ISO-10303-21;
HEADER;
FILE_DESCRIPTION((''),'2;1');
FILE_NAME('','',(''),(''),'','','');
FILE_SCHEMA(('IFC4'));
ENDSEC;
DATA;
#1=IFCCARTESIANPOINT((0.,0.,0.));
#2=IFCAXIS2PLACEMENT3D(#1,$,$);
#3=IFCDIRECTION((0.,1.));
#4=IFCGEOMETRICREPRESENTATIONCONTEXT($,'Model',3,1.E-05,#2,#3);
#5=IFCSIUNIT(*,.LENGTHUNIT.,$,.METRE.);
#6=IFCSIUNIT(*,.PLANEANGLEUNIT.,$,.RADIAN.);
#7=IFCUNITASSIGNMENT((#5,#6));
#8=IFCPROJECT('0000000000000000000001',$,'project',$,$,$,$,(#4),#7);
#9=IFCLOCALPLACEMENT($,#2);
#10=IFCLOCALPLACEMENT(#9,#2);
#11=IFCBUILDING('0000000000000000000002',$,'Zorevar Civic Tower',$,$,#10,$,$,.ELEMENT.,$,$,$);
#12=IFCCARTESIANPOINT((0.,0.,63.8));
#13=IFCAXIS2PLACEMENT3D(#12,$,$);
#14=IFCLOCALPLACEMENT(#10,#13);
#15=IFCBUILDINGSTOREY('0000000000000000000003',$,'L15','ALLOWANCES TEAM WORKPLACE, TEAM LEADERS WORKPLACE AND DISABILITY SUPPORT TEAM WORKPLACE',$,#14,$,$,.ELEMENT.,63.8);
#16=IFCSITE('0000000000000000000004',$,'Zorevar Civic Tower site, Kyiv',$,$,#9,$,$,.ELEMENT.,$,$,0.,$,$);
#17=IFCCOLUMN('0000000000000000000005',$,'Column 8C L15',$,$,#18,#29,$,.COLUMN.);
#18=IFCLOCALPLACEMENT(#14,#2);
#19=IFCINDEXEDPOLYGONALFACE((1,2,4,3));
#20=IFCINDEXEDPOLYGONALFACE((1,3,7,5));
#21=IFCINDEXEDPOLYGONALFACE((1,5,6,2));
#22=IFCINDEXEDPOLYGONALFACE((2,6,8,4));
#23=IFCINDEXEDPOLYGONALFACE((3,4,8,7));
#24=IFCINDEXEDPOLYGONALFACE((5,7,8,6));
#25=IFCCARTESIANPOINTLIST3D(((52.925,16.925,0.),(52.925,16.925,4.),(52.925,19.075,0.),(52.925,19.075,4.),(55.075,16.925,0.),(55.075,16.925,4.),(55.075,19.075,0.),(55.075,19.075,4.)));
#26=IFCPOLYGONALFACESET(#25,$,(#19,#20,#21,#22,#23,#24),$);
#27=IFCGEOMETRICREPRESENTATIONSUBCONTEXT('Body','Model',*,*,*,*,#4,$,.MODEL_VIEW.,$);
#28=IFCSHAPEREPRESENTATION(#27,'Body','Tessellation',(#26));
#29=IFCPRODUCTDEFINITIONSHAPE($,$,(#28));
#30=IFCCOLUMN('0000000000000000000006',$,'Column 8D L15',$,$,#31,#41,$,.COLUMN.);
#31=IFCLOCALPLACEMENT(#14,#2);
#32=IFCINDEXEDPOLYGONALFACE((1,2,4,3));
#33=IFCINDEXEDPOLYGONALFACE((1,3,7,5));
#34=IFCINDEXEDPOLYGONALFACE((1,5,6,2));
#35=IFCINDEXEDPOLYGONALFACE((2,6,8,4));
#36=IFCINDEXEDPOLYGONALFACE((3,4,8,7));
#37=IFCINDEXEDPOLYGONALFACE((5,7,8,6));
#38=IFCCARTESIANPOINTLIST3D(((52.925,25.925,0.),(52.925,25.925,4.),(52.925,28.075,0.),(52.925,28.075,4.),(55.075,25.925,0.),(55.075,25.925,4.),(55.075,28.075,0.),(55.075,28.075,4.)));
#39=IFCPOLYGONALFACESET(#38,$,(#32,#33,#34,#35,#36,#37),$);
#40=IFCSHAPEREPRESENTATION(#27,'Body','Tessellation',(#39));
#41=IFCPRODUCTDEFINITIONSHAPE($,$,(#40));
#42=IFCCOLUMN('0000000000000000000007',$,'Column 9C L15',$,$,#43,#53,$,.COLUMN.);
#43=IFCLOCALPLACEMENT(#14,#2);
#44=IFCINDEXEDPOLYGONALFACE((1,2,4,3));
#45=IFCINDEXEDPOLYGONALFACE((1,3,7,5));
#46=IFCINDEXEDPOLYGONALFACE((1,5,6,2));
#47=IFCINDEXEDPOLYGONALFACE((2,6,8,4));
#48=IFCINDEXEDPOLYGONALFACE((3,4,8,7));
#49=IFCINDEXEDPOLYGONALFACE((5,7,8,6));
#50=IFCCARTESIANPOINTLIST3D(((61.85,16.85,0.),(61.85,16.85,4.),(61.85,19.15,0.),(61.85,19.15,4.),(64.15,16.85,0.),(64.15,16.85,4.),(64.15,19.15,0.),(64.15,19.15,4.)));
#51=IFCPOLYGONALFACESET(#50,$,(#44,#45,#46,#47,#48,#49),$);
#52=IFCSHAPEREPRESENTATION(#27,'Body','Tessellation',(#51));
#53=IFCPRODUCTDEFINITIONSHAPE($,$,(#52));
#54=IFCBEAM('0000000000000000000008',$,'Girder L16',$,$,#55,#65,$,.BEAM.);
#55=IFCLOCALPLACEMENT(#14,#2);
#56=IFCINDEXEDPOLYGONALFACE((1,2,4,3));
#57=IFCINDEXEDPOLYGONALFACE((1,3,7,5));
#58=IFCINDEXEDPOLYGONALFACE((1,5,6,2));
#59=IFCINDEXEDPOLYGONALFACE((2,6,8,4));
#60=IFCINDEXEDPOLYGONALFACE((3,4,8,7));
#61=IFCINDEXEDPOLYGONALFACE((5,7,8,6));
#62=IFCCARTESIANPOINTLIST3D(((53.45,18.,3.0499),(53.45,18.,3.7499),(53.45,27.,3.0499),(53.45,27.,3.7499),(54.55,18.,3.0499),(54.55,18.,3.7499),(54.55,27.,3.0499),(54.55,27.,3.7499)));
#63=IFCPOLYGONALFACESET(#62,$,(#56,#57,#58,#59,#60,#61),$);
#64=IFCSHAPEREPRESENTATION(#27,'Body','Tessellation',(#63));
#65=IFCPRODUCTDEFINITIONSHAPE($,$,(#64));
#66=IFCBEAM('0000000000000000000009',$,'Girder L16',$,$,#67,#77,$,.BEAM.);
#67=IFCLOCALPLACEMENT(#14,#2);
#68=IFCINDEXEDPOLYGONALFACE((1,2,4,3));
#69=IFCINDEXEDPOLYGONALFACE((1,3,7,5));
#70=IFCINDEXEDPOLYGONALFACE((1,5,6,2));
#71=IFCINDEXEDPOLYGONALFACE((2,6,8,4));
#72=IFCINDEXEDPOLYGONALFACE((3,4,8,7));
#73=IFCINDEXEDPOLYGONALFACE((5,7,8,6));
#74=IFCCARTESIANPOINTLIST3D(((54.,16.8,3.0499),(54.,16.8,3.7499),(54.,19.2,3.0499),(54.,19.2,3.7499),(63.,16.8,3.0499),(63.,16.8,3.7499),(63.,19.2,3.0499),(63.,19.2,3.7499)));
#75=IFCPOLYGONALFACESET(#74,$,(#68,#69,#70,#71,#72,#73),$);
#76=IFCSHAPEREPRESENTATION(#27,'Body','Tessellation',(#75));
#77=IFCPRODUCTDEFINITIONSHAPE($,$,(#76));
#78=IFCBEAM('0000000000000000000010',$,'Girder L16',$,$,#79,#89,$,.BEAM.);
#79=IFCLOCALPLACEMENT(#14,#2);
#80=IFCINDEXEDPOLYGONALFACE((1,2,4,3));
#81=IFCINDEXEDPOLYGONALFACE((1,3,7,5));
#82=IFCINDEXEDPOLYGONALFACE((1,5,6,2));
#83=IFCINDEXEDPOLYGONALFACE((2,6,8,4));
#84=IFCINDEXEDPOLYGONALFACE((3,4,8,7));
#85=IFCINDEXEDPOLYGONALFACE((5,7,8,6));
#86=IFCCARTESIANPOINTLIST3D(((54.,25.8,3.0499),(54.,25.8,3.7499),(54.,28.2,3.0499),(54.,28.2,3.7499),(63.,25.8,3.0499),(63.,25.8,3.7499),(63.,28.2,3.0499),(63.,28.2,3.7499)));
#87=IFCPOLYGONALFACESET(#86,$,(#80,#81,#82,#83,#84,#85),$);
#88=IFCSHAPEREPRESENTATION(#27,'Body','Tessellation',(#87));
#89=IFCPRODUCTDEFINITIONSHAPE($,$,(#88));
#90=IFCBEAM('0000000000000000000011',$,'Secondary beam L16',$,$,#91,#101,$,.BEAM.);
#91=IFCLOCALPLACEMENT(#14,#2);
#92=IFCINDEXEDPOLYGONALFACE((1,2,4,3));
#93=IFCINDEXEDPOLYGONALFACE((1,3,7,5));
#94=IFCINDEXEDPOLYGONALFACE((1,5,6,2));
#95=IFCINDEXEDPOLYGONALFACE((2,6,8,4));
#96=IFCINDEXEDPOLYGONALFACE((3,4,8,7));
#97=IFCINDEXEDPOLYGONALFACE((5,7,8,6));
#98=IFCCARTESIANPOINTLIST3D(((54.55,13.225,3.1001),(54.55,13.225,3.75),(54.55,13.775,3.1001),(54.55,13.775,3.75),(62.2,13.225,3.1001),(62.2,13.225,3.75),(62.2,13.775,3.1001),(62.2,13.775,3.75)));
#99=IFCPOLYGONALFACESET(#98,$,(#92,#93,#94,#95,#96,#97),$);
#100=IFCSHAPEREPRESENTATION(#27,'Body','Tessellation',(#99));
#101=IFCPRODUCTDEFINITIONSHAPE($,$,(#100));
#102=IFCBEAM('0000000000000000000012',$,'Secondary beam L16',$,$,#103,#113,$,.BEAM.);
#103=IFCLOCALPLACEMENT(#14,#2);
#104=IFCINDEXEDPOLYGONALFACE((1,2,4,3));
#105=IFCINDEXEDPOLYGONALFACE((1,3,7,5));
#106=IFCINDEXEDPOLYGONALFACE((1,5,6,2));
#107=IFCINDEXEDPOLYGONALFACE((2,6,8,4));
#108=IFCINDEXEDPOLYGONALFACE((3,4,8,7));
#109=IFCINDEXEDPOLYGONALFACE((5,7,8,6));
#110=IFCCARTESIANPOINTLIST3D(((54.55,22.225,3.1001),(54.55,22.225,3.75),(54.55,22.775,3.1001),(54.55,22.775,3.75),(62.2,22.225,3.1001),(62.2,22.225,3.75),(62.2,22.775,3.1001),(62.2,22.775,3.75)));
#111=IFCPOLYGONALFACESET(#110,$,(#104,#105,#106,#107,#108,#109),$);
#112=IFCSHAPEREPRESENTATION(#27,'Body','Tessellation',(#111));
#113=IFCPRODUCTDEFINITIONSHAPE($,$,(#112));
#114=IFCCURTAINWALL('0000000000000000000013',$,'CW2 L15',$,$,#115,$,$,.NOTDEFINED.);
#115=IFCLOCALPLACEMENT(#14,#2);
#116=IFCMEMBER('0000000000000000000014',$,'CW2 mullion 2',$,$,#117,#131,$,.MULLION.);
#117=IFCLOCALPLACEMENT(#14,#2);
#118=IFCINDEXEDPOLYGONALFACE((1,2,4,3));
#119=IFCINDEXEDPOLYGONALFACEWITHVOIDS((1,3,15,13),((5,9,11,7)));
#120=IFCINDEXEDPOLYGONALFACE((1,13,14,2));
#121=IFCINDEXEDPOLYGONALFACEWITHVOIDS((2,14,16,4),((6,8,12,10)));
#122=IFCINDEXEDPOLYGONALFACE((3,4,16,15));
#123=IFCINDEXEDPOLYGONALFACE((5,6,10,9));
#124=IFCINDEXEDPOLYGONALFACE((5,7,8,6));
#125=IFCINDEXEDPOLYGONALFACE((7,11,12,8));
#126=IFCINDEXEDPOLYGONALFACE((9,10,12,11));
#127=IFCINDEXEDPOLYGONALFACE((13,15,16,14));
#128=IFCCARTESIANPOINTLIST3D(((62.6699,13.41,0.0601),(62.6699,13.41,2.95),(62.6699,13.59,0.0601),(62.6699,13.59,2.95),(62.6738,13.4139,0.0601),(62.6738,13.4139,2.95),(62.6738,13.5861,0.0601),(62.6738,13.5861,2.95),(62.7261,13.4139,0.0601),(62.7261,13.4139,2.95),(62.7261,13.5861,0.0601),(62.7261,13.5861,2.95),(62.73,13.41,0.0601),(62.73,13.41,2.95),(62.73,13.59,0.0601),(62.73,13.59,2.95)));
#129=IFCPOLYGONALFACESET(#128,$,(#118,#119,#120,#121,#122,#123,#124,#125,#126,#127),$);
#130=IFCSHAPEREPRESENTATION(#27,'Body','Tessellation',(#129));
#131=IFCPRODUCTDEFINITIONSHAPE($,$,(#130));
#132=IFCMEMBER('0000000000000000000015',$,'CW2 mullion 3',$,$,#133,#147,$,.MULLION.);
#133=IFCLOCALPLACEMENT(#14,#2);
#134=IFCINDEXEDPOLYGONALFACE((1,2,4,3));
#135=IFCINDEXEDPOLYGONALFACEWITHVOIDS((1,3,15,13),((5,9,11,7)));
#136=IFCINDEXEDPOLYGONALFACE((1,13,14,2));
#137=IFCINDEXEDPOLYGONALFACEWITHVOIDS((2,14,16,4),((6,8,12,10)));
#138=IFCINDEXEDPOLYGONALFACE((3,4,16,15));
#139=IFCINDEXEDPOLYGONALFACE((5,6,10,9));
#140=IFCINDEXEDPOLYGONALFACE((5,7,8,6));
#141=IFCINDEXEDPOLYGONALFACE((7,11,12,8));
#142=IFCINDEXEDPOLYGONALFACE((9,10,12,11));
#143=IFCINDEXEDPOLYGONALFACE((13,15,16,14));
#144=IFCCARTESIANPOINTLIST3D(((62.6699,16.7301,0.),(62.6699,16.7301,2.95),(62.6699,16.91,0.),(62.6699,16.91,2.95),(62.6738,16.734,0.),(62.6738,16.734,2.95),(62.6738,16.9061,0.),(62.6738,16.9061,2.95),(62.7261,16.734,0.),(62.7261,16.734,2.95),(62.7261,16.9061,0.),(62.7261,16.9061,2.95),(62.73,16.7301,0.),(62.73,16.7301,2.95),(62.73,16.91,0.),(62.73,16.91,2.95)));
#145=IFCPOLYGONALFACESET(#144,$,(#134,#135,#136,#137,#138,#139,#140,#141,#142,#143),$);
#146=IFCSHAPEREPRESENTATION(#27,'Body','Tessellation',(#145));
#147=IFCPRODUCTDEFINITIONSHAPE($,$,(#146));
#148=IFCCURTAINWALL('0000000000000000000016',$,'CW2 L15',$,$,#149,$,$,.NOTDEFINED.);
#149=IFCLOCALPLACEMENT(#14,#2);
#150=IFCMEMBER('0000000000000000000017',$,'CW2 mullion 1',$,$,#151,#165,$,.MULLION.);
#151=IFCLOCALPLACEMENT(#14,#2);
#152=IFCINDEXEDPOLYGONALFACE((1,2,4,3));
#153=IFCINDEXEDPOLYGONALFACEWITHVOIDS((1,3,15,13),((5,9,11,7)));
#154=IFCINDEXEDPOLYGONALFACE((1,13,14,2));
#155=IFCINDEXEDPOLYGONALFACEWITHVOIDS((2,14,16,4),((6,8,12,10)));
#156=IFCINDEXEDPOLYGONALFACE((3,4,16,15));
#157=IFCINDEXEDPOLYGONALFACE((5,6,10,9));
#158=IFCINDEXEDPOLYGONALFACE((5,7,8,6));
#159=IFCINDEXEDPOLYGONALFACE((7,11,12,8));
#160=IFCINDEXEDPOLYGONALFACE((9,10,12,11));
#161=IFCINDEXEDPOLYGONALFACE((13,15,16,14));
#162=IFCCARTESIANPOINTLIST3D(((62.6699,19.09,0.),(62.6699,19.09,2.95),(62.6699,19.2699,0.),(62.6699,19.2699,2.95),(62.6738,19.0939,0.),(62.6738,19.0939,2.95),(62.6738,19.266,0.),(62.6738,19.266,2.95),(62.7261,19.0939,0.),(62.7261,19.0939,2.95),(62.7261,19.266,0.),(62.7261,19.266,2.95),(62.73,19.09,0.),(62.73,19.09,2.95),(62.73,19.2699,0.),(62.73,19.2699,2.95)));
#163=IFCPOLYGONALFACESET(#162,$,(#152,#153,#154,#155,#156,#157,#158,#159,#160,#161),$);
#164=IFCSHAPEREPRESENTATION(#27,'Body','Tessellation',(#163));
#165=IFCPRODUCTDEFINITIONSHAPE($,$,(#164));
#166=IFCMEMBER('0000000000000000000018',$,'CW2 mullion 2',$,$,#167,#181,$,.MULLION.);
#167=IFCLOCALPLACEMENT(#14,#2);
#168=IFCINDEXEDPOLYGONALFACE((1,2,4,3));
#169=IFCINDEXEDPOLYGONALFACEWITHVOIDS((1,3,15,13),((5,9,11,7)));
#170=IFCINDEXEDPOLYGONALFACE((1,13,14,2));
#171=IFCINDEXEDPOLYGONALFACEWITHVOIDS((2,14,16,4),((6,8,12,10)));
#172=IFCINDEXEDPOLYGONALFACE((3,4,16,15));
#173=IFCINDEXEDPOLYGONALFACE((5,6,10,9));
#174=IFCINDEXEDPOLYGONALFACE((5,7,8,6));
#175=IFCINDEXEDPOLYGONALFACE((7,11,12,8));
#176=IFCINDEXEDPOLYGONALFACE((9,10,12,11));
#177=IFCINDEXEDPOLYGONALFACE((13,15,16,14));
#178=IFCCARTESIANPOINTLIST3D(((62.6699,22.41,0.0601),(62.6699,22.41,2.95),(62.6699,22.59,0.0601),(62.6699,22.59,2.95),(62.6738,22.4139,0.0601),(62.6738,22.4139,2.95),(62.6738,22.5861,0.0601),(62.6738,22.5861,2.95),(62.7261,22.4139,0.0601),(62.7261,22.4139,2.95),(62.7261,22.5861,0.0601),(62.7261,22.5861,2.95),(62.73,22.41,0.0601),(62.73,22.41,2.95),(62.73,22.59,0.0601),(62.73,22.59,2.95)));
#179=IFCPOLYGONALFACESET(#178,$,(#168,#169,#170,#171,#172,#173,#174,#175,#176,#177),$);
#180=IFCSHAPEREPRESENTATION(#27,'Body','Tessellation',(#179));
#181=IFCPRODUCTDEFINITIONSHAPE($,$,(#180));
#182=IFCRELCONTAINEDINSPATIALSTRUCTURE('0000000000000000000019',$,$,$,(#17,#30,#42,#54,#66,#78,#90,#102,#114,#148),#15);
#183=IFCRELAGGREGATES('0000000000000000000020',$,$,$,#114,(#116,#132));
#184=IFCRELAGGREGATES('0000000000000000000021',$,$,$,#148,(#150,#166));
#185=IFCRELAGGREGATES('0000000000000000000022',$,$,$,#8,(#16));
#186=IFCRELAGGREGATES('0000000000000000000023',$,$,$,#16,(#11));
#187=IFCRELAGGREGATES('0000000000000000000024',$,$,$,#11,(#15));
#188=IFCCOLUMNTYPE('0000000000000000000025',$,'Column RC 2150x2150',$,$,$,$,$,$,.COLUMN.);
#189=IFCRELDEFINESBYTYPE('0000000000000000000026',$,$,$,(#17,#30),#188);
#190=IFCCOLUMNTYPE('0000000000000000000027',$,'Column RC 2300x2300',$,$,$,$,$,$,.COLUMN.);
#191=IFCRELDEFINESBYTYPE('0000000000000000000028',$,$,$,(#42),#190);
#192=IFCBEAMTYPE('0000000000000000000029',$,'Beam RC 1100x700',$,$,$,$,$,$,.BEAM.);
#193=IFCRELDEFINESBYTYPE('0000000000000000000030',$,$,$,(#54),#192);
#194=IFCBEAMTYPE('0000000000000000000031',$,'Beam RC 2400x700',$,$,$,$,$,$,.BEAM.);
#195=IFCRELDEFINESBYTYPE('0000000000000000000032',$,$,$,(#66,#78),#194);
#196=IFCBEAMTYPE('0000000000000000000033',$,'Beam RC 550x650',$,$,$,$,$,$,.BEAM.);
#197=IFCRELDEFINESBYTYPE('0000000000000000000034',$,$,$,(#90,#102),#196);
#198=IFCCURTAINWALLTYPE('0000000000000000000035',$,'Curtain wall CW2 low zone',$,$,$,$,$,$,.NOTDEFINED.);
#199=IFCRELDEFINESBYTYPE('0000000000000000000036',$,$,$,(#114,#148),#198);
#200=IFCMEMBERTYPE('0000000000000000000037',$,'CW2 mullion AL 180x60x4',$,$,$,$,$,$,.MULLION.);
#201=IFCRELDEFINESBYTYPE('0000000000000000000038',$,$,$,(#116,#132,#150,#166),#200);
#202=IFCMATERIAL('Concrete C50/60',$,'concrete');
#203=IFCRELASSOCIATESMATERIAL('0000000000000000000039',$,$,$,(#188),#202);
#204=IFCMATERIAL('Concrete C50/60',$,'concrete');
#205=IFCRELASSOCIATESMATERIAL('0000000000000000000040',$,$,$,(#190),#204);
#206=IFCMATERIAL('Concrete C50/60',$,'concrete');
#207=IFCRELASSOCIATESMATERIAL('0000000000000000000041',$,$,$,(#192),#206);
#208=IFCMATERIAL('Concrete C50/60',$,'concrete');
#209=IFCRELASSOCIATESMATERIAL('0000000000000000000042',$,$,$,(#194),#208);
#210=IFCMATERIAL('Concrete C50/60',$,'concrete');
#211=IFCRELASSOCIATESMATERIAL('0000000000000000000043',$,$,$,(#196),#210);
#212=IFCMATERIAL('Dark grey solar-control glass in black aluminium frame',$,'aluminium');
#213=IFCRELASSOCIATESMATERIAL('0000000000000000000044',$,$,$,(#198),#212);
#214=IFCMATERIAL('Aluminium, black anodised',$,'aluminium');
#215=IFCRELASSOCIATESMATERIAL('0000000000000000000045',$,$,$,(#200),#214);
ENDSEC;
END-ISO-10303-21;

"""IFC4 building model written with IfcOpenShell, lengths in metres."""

from ifc_helpers import new_model, si_unit, direction, frame, origin, origin_2d, place, context, subcontext, project, spatial, rectangle, hollow_rectangle, extrude, material, material_profile, profile_set, type_object, element, aggregate, save


model = new_model("IFC4")

# Units and contexts
model_context = context("Model", 3, precision=1e-05, world=origin(), true_north=direction((0.0, 1.0)))
body_context = subcontext(model_context, "Body", "Model", "MODEL_VIEW")
ifc_project = project(units=[si_unit("LENGTHUNIT", "METRE"), si_unit("PLANEANGLEUNIT", "RADIAN")], contexts=[model_context])

# Site, building, storey
site_placement = place(None, origin())
site = spatial("IfcSite", under=ifc_project, at=site_placement, Name="Zorevar Civic Tower site, Kyiv", CompositionType="ELEMENT", RefElevation=0.0)
building_placement = place(site_placement, origin())
building = spatial("IfcBuilding", under=site, at=building_placement, Name="Zorevar Civic Tower", CompositionType="ELEMENT")
storey_placement = place(building_placement, frame((0.0, 0.0, 63.8)))
storey = spatial("IfcBuildingStorey", under=building, at=storey_placement, Name="L15", Description="ALLOWANCES TEAM WORKPLACE, TEAM LEADERS WORKPLACE AND DISABILITY SUPPORT TEAM WORKPLACE", CompositionType="ELEMENT", Elevation=63.8)

# Columns
ifc_material_1 = material(Name="Concrete C50/60", Category="concrete")
ifc_material_profile_1 = material_profile(ifc_material_1, rectangle(XDim=2.1499, YDim=2.1499, at=origin_2d()), Name="RC 2150x2150")
ifc_profile_set_1 = profile_set([ifc_material_profile_1], Name="Concrete C50/60")
column_type_1 = type_object("IfcColumnType", Name="Column RC 2150x2150", PredefinedType="COLUMN", material=ifc_profile_set_1)
for number, where, z_axis, x_axis, name in (
    (1, (54.0, 18.0, 0.0), (0.0, 0.0, 1.0), (1.0, 0.0, 0.0), "Column 8C L15"),
    (2, (54.0, 27.0, 0.0), (0.0, 0.0, 1.0), (1.0, 0.0, 0.0), "Column 8D L15"),
):
    element("IfcColumn", number, at=place(storey_placement, frame(where, z_axis=z_axis, x_axis=x_axis)), inside=storey, type_object=column_type_1, Name=name, PredefinedType="COLUMN", context=body_context, shape_type="SweptSolid", body=[
        extrude(rectangle(XDim=2.1499, YDim=2.1499, at=origin_2d()), origin(), (0.0, 0.0, 1.0), 4.0),
    ])
ifc_material_2 = material(Name="Concrete C50/60", Category="concrete")
ifc_material_profile_2 = material_profile(ifc_material_2, rectangle(XDim=2.3, YDim=2.3, at=origin_2d()), Name="RC 2300x2300")
ifc_profile_set_2 = profile_set([ifc_material_profile_2], Name="Concrete C50/60")
column_type_2 = type_object("IfcColumnType", Name="Column RC 2300x2300", PredefinedType="COLUMN", material=ifc_profile_set_2)
column_placement = place(storey_placement, frame((63.0, 18.0, 0.0), z_axis=(0.0, 0.0, 1.0), x_axis=(1.0, 0.0, 0.0)))
element("IfcColumn", 3, at=column_placement, inside=storey, type_object=column_type_2, Name="Column 9C L15", PredefinedType="COLUMN", context=body_context, shape_type="SweptSolid", body=[
    extrude(rectangle(XDim=2.3, YDim=2.3, at=origin_2d()), origin(), (0.0, 0.0, 1.0), 4.0),
])

# Beams
ifc_material_3 = material(Name="Concrete C50/60", Category="concrete")
ifc_material_profile_3 = material_profile(ifc_material_3, rectangle(XDim=1.1001, YDim=0.7, at=origin_2d()), Name="RC 1100x700")
ifc_profile_set_3 = profile_set([ifc_material_profile_3], Name="Concrete C50/60")
beam_type_1 = type_object("IfcBeamType", Name="Beam RC 1100x700", PredefinedType="BEAM", material=ifc_profile_set_3)
beam_1_placement = place(storey_placement, frame((54.0, 18.0, 3.3999), z_axis=(0.0, 1.0, 0.0), x_axis=(-1.0, 0.0, 0.0)))
element("IfcBeam", 4, at=beam_1_placement, inside=storey, type_object=beam_type_1, Name="Girder L16", PredefinedType="BEAM", context=body_context, shape_type="SweptSolid", body=[
    extrude(rectangle(XDim=1.1001, YDim=0.7, at=origin_2d()), origin(), (0.0, 0.0, 1.0), 9.0),
])
ifc_material_4 = material(Name="Concrete C50/60", Category="concrete")
ifc_material_profile_4 = material_profile(ifc_material_4, rectangle(XDim=2.3999, YDim=0.7, at=origin_2d()), Name="RC 2400x700")
ifc_profile_set_4 = profile_set([ifc_material_profile_4], Name="Concrete C50/60")
beam_type_2 = type_object("IfcBeamType", Name="Beam RC 2400x700", PredefinedType="BEAM", material=ifc_profile_set_4)
for number, where, z_axis, x_axis, name in (
    (5, (54.0, 18.0, 3.3999), (1.0, 0.0, 0.0), (0.0, 1.0, 0.0), "Girder L16"),
    (6, (54.0, 27.0, 3.3999), (1.0, 0.0, 0.0), (0.0, 1.0, 0.0), "Girder L16"),
):
    element("IfcBeam", number, at=place(storey_placement, frame(where, z_axis=z_axis, x_axis=x_axis)), inside=storey, type_object=beam_type_2, Name=name, PredefinedType="BEAM", context=body_context, shape_type="SweptSolid", body=[
        extrude(rectangle(XDim=2.3999, YDim=0.7, at=origin_2d()), origin(), (0.0, 0.0, 1.0), 9.0),
    ])
ifc_material_5 = material(Name="Concrete C50/60", Category="concrete")
ifc_material_profile_5 = material_profile(ifc_material_5, rectangle(XDim=0.55, YDim=0.6499, at=origin_2d()), Name="RC 550x650")
ifc_profile_set_5 = profile_set([ifc_material_profile_5], Name="Concrete C50/60")
beam_type_3 = type_object("IfcBeamType", Name="Beam RC 550x650", PredefinedType="BEAM", material=ifc_profile_set_5)
for number, where, z_axis, x_axis, name in (
    (7, (54.55, 13.5, 3.425), (1.0, 0.0, 0.0), (0.0, 1.0, 0.0), "Secondary beam L16"),
    (8, (54.55, 22.5, 3.425), (1.0, 0.0, 0.0), (0.0, 1.0, 0.0), "Secondary beam L16"),
):
    element("IfcBeam", number, at=place(storey_placement, frame(where, z_axis=z_axis, x_axis=x_axis)), inside=storey, type_object=beam_type_3, Name=name, PredefinedType="BEAM", context=body_context, shape_type="SweptSolid", body=[
        extrude(rectangle(XDim=0.55, YDim=0.6499, at=origin_2d()), origin(), (0.0, 0.0, 1.0), 7.6499),
    ])

# Curtain walls, members
ifc_material_6 = material(Name="Dark grey solar-control glass in black aluminium frame", Category="aluminium")
curtain_wall_type = type_object("IfcCurtainWallType", Name="Curtain wall CW2 low zone", PredefinedType="NOTDEFINED", material=ifc_material_6)
curtain_wall_1_placement = place(storey_placement, origin())
curtain_wall_1 = element("IfcCurtainWall", 9, at=curtain_wall_1_placement, inside=storey, type_object=curtain_wall_type, Name="CW2 L15", PredefinedType="NOTDEFINED")
ifc_material_7 = material(Name="Aluminium, black anodised", Category="aluminium")
ifc_material_profile_6 = material_profile(ifc_material_7, hollow_rectangle(XDim=0.0601, YDim=0.1799, WallThickness=0.0039, at=origin_2d()), Name="AL 180x60x4")
ifc_profile_set_6 = profile_set([ifc_material_profile_6], Name="Aluminium, black anodised")
member_type_1 = type_object("IfcMemberType", Name="CW2 mullion AL 180x60x4", PredefinedType="MULLION", material=ifc_profile_set_6)
member_1_placement = place(storey_placement, frame((62.7, 13.5, 0.0601), z_axis=(0.0, 0.0, 1.0), x_axis=(-1.0, 0.0, 0.0)))
member_1 = element("IfcMember", 10, at=member_1_placement, type_object=member_type_1, Name="CW2 mullion 2", PredefinedType="MULLION", context=body_context, shape_type="SweptSolid", body=[
    extrude(hollow_rectangle(XDim=0.0601, YDim=0.1799, WallThickness=0.0039, at=origin_2d()), origin(), (0.0, 0.0, 1.0), 2.8899),
])
member_2_placement = place(storey_placement, frame((62.7, 16.8201, 0.0), z_axis=(0.0, 0.0, 1.0), x_axis=(-1.0, 0.0, 0.0)))
member_2 = element("IfcMember", 11, at=member_2_placement, type_object=member_type_1, Name="CW2 mullion 3", PredefinedType="MULLION", context=body_context, shape_type="SweptSolid", body=[
    extrude(hollow_rectangle(XDim=0.0601, YDim=0.1799, WallThickness=0.0039, at=origin_2d()), origin(), (0.0, 0.0, 1.0), 2.95),
])
curtain_wall_2_placement = place(storey_placement, origin())
curtain_wall_2 = element("IfcCurtainWall", 12, at=curtain_wall_2_placement, inside=storey, type_object=curtain_wall_type, Name="CW2 L15", PredefinedType="NOTDEFINED")
member_3_placement = place(storey_placement, frame((62.7, 19.1799, 0.0), z_axis=(0.0, 0.0, 1.0), x_axis=(-1.0, 0.0, 0.0)))
member_3 = element("IfcMember", 13, at=member_3_placement, type_object=member_type_1, Name="CW2 mullion 1", PredefinedType="MULLION", context=body_context, shape_type="SweptSolid", body=[
    extrude(hollow_rectangle(XDim=0.0601, YDim=0.1799, WallThickness=0.0039, at=origin_2d()), origin(), (0.0, 0.0, 1.0), 2.95),
])
member_4_placement = place(storey_placement, frame((62.7, 22.5, 0.0601), z_axis=(0.0, 0.0, 1.0), x_axis=(-1.0, 0.0, 0.0)))
member_4 = element("IfcMember", 14, at=member_4_placement, type_object=member_type_1, Name="CW2 mullion 2", PredefinedType="MULLION", context=body_context, shape_type="SweptSolid", body=[
    extrude(hollow_rectangle(XDim=0.0601, YDim=0.1799, WallThickness=0.0039, at=origin_2d()), origin(), (0.0, 0.0, 1.0), 2.8899),
])

aggregate(curtain_wall_1, [member_1, member_2])
aggregate(curtain_wall_2, [member_3, member_4])

save(model, "model.ifc")
